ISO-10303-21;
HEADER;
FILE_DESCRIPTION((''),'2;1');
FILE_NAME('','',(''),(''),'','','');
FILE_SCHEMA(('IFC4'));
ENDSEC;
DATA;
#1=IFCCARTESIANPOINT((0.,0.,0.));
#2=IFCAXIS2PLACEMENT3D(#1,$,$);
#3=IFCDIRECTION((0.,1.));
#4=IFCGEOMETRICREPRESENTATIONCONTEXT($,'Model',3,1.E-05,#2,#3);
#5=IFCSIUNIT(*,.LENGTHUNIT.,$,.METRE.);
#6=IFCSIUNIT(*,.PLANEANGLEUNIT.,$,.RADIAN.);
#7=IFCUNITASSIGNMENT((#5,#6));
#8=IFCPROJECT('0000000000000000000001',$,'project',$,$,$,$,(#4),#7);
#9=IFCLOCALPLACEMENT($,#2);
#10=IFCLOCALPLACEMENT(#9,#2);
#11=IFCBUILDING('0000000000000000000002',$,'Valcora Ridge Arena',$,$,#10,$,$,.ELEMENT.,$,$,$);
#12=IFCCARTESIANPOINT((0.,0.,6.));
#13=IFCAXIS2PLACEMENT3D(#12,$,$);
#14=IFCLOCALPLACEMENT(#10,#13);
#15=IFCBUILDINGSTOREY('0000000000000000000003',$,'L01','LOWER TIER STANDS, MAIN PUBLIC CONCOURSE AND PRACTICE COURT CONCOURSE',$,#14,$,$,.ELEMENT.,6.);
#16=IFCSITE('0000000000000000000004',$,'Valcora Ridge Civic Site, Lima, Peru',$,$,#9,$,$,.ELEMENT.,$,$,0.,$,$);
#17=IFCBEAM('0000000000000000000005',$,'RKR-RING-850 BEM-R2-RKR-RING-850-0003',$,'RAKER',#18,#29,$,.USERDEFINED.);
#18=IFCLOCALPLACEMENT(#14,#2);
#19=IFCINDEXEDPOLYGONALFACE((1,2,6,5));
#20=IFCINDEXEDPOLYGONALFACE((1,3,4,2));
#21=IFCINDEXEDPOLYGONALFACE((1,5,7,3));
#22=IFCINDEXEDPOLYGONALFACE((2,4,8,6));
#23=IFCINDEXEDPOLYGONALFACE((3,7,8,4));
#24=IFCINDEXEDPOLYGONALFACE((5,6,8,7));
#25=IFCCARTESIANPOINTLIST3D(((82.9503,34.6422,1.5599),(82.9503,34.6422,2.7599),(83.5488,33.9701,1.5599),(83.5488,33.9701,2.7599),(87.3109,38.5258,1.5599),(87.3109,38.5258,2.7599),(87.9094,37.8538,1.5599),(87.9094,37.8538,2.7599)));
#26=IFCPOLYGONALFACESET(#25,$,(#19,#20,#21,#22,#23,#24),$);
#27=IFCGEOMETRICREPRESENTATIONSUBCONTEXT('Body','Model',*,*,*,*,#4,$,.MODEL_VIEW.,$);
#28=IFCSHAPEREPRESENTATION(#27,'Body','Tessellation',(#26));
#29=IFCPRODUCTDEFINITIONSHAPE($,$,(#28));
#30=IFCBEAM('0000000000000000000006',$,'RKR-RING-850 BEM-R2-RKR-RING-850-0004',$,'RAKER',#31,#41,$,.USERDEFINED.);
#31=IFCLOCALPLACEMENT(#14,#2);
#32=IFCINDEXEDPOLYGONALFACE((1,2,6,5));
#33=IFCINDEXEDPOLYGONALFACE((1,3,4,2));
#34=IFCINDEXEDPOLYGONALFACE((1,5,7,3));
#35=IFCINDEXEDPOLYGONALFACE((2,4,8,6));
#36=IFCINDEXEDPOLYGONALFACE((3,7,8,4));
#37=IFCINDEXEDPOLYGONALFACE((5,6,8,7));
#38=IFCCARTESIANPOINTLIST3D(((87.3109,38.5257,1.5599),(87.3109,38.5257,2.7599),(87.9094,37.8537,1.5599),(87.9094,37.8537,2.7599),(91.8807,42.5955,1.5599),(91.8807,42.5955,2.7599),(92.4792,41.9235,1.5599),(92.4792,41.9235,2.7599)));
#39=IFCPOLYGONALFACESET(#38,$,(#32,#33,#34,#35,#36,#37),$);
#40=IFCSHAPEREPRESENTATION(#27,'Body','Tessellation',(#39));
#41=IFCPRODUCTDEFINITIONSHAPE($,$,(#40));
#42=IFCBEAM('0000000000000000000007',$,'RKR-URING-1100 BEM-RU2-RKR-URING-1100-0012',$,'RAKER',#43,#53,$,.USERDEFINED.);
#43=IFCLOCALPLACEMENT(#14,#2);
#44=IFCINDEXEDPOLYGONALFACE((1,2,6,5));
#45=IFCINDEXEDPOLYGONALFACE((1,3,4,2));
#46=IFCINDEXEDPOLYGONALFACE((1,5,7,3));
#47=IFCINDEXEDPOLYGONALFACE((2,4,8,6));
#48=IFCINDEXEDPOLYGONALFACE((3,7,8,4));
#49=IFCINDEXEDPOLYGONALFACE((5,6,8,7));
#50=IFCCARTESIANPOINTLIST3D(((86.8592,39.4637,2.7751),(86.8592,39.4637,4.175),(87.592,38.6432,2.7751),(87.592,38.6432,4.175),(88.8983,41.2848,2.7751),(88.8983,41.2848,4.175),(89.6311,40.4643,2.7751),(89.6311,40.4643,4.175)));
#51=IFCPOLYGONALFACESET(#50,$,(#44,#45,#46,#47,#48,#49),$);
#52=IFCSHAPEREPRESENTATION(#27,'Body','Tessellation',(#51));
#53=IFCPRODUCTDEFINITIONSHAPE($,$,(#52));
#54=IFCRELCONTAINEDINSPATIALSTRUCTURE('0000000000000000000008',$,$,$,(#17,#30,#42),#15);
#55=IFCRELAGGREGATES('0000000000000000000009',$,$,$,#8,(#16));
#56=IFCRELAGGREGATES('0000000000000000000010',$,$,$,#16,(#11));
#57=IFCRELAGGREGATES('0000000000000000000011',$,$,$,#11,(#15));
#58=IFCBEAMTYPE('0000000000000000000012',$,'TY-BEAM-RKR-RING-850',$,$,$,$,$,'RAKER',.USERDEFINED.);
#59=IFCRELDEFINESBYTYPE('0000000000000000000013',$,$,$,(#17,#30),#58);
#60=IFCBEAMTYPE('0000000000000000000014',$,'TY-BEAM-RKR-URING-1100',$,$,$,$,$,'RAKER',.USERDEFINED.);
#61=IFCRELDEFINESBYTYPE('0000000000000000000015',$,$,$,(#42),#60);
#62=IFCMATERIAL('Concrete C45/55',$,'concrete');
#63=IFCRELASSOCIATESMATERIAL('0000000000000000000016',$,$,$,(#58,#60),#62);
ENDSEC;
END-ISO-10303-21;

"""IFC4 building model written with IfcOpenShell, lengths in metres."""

from ifc_helpers import new_model, si_unit, direction, frame, origin, origin_2d, place, context, subcontext, project, spatial, rectangle, extrude, material, material_profile, profile_set, type_object, element, save


model = new_model("IFC4")

# Units and contexts
model_context = context("Model", 3, precision=1e-05, world=origin(), true_north=direction((0.0, 1.0)))
body_context = subcontext(model_context, "Body", "Model", "MODEL_VIEW")
ifc_project = project(units=[si_unit("LENGTHUNIT", "METRE"), si_unit("PLANEANGLEUNIT", "RADIAN")], contexts=[model_context])

# Site, building, storey
site_placement = place(None, origin())
site = spatial("IfcSite", under=ifc_project, at=site_placement, Name="Valcora Ridge Civic Site, Lima, Peru", CompositionType="ELEMENT", RefElevation=0.0)
building_placement = place(site_placement, origin())
building = spatial("IfcBuilding", under=site, at=building_placement, Name="Valcora Ridge Arena", CompositionType="ELEMENT")
storey_placement = place(building_placement, frame((0.0, 0.0, 6.0)))
storey = spatial("IfcBuildingStorey", under=building, at=storey_placement, Name="L01", Description="LOWER TIER STANDS, MAIN PUBLIC CONCOURSE AND PRACTICE COURT CONCOURSE", CompositionType="ELEMENT", Elevation=6.0)

# Beams
ifc_material_1 = material(Name="Concrete C45/55", Category="concrete")
ifc_material_profile_1 = material_profile(ifc_material_1, rectangle(XDim=0.8999, YDim=1.2, at=origin_2d()), Name="RC 900x1200")
ifc_profile_set_1 = profile_set([ifc_material_profile_1], Name="Concrete C45/55")
beam_type_1 = type_object("IfcBeamType", Name="TY-BEAM-RKR-RING-850", ElementType="RAKER", PredefinedType="USERDEFINED", material=ifc_profile_set_1)
beam_1_placement = place(storey_placement, frame((83.2495, 34.3062, 2.1599), z_axis=(0.746775, 0.665077, 0.0), x_axis=(-0.665077, 0.746775, 0.0)))
element("IfcBeam", 1, at=beam_1_placement, inside=storey, type_object=beam_type_1, Name="RKR-RING-850 BEM-R2-RKR-RING-850-0003", ObjectType="RAKER", PredefinedType="USERDEFINED", context=body_context, shape_type="SweptSolid", body=[
    extrude(rectangle(XDim=0.8999, YDim=1.2, at=origin_2d()), origin(), (0.0, 0.0, 1.0), 5.8394),
])
beam_2_placement = place(storey_placement, frame((87.6101, 38.1897, 2.1599), z_axis=(0.746779, 0.665072, 0.0), x_axis=(-0.665072, 0.746779, 0.0)))
element("IfcBeam", 2, at=beam_2_placement, inside=storey, type_object=beam_type_1, Name="RKR-RING-850 BEM-R2-RKR-RING-850-0004", ObjectType="RAKER", PredefinedType="USERDEFINED", context=body_context, shape_type="SweptSolid", body=[
    extrude(rectangle(XDim=0.8999, YDim=1.2, at=origin_2d()), origin(), (0.0, 0.0, 1.0), 6.1194),
])
ifc_material_profile_2 = material_profile(ifc_material_1, rectangle(XDim=1.1001, YDim=1.3999, at=origin_2d()), Name="RC 1100x1400")
ifc_profile_set_2 = profile_set([ifc_material_profile_2], Name="Concrete C45/55")
beam_type_2 = type_object("IfcBeamType", Name="TY-BEAM-RKR-URING-1100", ElementType="RAKER", PredefinedType="USERDEFINED", material=ifc_profile_set_2)
beam_3_placement = place(storey_placement, frame((87.2256, 39.0535, 3.4751), z_axis=(0.745855, 0.666108, 0.0), x_axis=(-0.666108, 0.745855, 0.0)))
element("IfcBeam", 3, at=beam_3_placement, inside=storey, type_object=beam_type_2, Name="RKR-URING-1100 BEM-RU2-RKR-URING-1100-0012", ObjectType="RAKER", PredefinedType="USERDEFINED", context=body_context, shape_type="SweptSolid", body=[
    extrude(rectangle(XDim=1.1001, YDim=1.3999, at=origin_2d()), origin(), (0.0, 0.0, 1.0), 2.7339),
])

save(model, "model.ifc")
